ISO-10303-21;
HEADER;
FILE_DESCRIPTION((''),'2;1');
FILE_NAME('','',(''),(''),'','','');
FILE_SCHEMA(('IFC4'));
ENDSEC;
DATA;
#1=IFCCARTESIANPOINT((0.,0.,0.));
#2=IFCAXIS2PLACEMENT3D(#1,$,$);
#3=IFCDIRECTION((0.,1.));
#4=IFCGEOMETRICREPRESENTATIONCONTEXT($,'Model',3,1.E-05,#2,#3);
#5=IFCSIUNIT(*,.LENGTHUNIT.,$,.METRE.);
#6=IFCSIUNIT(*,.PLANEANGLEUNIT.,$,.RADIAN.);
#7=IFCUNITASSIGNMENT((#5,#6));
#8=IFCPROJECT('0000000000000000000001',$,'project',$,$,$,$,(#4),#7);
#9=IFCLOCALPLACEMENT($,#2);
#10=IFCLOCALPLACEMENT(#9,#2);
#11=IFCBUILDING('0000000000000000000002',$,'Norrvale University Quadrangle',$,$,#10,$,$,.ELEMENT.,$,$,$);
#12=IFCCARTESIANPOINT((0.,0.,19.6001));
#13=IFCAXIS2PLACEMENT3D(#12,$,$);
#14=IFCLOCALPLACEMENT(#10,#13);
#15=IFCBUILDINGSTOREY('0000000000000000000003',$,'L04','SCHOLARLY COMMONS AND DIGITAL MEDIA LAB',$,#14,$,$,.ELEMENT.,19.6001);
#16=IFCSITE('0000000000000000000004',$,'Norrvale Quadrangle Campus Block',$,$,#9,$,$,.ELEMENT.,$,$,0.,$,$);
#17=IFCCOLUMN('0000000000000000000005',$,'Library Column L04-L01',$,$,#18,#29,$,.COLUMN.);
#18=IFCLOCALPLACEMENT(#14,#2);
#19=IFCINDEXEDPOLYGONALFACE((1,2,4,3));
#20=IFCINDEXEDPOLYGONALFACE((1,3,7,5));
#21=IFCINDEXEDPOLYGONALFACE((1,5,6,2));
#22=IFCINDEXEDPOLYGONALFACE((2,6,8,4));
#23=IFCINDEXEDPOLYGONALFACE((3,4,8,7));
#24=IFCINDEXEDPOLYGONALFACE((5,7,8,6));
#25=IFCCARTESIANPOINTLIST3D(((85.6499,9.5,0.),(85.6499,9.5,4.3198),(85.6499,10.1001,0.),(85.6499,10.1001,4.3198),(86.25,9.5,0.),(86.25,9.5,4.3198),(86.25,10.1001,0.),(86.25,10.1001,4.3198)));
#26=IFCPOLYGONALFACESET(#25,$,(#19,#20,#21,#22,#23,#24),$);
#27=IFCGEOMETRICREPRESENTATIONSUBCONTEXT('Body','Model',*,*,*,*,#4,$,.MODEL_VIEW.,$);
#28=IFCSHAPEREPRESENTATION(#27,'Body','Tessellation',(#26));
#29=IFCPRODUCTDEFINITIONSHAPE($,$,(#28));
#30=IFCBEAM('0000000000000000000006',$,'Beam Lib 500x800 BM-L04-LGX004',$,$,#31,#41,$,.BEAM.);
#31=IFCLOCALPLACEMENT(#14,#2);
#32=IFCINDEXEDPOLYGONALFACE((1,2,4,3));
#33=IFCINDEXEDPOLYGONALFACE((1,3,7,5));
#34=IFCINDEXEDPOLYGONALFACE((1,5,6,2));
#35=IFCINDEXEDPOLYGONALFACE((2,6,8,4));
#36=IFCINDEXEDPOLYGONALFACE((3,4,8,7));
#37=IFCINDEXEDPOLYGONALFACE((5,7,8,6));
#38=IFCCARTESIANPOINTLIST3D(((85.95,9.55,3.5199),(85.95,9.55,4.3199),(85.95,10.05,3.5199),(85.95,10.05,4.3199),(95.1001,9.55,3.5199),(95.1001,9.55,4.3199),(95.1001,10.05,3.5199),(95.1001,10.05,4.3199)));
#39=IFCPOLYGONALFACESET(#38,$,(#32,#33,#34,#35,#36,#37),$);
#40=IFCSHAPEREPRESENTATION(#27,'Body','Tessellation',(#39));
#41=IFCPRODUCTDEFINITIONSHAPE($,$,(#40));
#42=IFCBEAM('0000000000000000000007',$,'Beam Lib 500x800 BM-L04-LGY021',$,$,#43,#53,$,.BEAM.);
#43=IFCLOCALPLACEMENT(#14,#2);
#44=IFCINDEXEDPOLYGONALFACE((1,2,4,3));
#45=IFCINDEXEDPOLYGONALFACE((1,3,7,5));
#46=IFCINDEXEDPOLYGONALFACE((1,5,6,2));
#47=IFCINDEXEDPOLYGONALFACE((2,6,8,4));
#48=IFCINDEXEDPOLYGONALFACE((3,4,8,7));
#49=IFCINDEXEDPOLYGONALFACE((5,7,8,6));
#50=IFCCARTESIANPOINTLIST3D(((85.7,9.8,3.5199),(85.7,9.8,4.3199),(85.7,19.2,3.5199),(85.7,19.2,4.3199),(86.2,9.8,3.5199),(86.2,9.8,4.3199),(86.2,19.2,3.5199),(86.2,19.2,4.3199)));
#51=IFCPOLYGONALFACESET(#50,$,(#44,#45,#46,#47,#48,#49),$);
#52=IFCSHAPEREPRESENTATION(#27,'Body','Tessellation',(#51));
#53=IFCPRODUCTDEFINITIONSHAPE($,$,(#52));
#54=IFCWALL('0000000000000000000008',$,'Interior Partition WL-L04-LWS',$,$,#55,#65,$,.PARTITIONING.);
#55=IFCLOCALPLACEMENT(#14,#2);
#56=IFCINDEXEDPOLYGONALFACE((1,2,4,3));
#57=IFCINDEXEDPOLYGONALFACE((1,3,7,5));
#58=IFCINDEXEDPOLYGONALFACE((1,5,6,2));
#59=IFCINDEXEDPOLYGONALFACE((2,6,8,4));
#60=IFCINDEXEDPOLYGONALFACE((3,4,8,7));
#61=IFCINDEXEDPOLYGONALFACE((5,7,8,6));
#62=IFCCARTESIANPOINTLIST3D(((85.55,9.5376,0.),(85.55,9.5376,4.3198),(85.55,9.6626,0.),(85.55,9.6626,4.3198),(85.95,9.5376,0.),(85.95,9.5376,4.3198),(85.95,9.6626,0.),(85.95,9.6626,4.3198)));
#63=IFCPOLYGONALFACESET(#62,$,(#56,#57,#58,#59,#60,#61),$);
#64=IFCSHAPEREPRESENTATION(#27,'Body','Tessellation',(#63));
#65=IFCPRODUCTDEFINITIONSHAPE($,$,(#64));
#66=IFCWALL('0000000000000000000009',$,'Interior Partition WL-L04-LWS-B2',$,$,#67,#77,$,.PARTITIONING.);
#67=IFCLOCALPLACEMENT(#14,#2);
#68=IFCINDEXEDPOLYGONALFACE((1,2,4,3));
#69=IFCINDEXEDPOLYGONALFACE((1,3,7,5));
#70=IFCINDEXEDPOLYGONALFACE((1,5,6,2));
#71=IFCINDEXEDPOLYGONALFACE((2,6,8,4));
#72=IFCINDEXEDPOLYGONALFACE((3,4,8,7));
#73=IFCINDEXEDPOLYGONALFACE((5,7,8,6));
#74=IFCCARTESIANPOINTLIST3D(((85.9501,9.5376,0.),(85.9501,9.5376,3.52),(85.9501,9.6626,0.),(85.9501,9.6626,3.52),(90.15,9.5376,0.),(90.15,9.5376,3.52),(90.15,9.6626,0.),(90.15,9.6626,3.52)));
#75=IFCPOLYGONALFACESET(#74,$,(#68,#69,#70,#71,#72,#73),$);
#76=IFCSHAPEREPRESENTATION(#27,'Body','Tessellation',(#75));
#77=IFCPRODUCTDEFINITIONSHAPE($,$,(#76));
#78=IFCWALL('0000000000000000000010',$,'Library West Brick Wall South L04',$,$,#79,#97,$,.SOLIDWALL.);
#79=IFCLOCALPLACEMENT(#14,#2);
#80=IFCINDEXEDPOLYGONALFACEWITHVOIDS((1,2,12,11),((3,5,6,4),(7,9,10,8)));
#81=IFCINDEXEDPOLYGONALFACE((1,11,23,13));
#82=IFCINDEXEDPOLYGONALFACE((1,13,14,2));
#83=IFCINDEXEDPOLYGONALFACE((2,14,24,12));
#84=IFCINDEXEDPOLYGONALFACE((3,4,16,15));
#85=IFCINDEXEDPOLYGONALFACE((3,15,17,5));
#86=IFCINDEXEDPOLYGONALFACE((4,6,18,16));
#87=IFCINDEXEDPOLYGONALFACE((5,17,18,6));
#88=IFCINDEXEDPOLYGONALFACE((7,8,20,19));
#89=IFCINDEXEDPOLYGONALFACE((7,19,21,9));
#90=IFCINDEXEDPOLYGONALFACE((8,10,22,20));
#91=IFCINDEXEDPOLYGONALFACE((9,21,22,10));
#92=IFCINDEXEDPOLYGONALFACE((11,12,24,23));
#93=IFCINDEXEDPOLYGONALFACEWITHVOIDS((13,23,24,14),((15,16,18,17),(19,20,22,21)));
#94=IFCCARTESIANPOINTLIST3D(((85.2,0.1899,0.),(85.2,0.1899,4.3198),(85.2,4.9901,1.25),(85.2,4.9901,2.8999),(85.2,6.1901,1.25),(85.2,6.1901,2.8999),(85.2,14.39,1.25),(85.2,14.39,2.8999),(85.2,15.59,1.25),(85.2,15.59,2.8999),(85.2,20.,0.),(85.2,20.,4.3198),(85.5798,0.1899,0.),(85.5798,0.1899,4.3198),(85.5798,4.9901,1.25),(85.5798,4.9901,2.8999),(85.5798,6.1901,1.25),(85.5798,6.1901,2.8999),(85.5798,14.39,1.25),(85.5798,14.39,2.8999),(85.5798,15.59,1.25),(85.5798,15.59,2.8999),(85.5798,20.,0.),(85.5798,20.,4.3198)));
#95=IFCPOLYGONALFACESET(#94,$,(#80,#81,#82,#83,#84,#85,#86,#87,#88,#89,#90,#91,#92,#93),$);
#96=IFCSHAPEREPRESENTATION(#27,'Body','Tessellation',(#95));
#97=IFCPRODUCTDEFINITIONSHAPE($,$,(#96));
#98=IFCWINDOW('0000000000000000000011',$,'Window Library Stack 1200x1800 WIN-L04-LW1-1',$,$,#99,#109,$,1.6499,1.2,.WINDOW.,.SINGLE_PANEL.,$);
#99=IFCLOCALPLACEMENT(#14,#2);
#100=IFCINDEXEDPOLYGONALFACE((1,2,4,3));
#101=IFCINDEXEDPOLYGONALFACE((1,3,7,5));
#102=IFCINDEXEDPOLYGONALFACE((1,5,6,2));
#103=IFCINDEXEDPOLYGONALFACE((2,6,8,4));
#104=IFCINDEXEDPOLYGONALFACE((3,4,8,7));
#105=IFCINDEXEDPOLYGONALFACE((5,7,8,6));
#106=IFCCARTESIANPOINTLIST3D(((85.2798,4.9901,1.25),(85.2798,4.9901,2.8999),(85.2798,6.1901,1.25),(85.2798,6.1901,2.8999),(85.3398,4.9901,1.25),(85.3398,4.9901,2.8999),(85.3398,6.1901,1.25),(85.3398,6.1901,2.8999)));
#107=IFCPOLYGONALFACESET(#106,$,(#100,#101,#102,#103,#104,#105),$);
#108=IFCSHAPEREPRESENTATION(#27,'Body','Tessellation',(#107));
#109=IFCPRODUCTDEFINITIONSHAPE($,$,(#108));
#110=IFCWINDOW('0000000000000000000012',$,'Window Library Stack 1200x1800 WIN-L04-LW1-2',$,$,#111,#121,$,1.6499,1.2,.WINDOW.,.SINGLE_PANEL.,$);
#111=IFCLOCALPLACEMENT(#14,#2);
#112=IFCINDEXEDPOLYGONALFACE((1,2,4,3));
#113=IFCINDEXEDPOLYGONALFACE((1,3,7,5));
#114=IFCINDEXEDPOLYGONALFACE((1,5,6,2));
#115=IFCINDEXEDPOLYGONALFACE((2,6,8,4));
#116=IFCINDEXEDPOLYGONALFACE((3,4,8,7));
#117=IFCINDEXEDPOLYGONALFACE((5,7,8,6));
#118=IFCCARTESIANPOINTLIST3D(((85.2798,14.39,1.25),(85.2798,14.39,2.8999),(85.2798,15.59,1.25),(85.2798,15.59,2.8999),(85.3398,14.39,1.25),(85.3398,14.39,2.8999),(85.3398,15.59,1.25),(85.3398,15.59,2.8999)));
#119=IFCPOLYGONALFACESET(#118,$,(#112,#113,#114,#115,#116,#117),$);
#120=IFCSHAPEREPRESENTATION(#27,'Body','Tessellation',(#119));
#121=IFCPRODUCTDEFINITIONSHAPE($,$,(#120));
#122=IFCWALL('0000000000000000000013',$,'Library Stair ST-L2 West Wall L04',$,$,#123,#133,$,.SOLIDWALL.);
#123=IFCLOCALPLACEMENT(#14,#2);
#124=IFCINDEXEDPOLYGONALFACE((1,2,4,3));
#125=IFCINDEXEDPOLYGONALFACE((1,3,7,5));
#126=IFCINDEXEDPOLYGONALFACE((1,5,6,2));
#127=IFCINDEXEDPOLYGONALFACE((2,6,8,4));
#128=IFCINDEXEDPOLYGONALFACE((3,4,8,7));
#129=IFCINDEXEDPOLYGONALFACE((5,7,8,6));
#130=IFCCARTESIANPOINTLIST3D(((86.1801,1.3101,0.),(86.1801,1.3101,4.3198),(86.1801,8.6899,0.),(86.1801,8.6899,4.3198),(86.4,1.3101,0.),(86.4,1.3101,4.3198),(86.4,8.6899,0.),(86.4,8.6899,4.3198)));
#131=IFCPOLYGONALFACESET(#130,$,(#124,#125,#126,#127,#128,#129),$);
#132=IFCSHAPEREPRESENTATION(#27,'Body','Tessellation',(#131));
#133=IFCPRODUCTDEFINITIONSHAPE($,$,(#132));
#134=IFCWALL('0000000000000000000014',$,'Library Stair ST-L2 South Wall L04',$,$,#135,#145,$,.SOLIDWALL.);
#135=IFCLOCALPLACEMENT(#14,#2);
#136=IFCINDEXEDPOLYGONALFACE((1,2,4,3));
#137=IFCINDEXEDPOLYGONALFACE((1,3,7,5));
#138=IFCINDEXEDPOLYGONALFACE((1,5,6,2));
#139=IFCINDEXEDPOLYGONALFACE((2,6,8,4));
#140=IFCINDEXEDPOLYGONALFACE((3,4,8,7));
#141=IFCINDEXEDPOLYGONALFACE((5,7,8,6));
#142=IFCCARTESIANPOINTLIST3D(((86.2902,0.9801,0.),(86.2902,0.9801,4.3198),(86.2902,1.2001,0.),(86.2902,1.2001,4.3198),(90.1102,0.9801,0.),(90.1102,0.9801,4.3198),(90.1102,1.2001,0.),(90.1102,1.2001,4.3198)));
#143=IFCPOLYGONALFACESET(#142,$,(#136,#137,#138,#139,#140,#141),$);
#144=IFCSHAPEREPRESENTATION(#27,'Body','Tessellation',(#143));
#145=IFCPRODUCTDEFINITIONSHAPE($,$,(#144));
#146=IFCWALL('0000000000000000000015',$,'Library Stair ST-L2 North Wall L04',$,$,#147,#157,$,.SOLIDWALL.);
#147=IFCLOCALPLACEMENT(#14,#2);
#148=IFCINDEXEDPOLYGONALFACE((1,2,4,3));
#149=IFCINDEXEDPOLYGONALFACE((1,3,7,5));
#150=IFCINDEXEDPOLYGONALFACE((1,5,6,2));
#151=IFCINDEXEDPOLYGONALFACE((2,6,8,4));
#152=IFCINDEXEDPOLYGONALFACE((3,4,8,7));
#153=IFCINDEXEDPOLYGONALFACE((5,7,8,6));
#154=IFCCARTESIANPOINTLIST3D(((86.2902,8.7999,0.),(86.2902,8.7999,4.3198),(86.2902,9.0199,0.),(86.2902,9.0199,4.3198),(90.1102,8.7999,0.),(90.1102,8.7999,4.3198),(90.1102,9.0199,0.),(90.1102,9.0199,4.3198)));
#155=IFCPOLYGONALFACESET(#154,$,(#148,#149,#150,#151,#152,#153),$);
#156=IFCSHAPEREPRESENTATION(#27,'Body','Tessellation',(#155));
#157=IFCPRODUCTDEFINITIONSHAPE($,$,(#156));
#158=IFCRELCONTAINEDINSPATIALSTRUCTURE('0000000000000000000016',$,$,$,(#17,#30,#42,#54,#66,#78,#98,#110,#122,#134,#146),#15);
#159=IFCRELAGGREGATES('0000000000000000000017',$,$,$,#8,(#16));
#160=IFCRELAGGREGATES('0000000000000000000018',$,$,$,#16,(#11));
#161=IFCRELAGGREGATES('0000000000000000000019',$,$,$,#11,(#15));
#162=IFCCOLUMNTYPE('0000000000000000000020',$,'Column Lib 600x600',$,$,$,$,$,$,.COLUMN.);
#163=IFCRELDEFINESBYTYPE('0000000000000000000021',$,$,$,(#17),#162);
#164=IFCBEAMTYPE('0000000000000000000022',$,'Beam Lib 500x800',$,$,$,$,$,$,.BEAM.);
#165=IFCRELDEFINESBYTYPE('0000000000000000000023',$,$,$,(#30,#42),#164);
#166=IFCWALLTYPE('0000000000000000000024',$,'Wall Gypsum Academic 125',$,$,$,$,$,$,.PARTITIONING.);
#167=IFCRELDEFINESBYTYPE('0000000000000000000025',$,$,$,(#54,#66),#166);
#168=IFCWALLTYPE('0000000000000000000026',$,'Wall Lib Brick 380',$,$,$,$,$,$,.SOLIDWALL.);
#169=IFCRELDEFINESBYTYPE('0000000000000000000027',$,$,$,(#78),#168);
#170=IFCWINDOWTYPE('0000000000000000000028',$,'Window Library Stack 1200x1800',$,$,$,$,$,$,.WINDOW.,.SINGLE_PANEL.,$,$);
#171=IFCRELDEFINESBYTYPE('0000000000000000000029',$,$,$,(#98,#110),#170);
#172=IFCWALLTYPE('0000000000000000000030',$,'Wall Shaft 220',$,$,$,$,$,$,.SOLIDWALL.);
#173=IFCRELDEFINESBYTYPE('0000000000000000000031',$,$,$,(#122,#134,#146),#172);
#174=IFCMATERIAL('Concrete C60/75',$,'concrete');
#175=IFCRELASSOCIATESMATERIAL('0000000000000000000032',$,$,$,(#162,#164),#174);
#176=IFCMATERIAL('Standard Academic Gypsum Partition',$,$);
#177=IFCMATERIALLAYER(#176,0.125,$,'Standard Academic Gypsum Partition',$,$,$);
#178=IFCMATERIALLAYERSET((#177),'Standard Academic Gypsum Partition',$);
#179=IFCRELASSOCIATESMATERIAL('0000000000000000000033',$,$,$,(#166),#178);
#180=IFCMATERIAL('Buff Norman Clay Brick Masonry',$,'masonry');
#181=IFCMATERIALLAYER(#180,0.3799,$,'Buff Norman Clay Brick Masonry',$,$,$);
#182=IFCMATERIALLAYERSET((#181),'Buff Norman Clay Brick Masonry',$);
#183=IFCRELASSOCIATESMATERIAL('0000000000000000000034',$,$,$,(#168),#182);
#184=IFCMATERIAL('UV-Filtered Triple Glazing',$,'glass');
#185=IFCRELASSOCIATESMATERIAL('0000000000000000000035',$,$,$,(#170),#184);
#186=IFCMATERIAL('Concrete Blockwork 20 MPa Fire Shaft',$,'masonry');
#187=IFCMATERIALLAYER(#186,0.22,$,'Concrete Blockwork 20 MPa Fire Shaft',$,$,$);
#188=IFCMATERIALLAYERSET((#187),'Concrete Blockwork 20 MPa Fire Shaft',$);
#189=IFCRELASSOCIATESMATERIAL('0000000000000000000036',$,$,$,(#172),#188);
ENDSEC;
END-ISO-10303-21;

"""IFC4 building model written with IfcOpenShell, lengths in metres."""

from ifc_helpers import new_model, si_unit, direction, frame, frame_2d, origin, origin_2d, place, context, subcontext, project, spatial, rectangle, extrude, material, layer, layer_set, material_profile, profile_set, type_object, element, fill, save


model = new_model("IFC4")

# Units and contexts
model_context = context("Model", 3, precision=1e-05, world=origin(), true_north=direction((0.0, 1.0)))
body_context = subcontext(model_context, "Body", "Model", "MODEL_VIEW")
ifc_project = project(units=[si_unit("LENGTHUNIT", "METRE"), si_unit("PLANEANGLEUNIT", "RADIAN")], contexts=[model_context])

# Site, building, storey
site_placement = place(None, origin())
site = spatial("IfcSite", under=ifc_project, at=site_placement, Name="Norrvale Quadrangle Campus Block", CompositionType="ELEMENT", RefElevation=0.0)
building_placement = place(site_placement, origin())
building = spatial("IfcBuilding", under=site, at=building_placement, Name="Norrvale University Quadrangle", CompositionType="ELEMENT")
storey_placement = place(building_placement, frame((0.0, 0.0, 19.6001)))
storey = spatial("IfcBuildingStorey", under=building, at=storey_placement, Name="L04", Description="SCHOLARLY COMMONS AND DIGITAL MEDIA LAB", CompositionType="ELEMENT", Elevation=19.6001)

# Column
ifc_material_1 = material(Name="Concrete C60/75", Category="concrete")
ifc_material_profile_1 = material_profile(ifc_material_1, rectangle(XDim=0.6001, YDim=0.6001, at=origin_2d()), Name="Concrete C60/75")
ifc_profile_set_1 = profile_set([ifc_material_profile_1], Name="Concrete C60/75")
column_type = type_object("IfcColumnType", Name="Column Lib 600x600", PredefinedType="COLUMN", material=ifc_profile_set_1)
column_placement = place(storey_placement, frame((85.95, 9.8, 0.0), z_axis=(0.0, 0.0, 1.0), x_axis=(1.0, 0.0, 0.0)))
element("IfcColumn", 1, at=column_placement, inside=storey, type_object=column_type, Name="Library Column L04-L01", PredefinedType="COLUMN", context=body_context, shape_type="SweptSolid", body=[
    extrude(rectangle(XDim=0.6001, YDim=0.6001, at=origin_2d()), origin(), (0.0, 0.0, 1.0), 4.3198),
])

# Beams
ifc_material_profile_2 = material_profile(ifc_material_1, rectangle(XDim=0.5, YDim=0.8, at=origin_2d()), Name="Concrete C60/75")
ifc_profile_set_2 = profile_set([ifc_material_profile_2], Name="Concrete C60/75")
beam_type = type_object("IfcBeamType", Name="Beam Lib 500x800", PredefinedType="BEAM", material=ifc_profile_set_2)
beam_1_placement = place(storey_placement, frame((85.95, 9.8, 3.9199), z_axis=(1.0, 0.0, 0.0), x_axis=(0.0, 1.0, 0.0)))
element("IfcBeam", 2, at=beam_1_placement, inside=storey, type_object=beam_type, Name="Beam Lib 500x800 BM-L04-LGX004", PredefinedType="BEAM", context=body_context, shape_type="SweptSolid", body=[
    extrude(rectangle(XDim=0.5, YDim=0.8, at=origin_2d()), origin(), (0.0, 0.0, 1.0), 9.1501),
])
beam_2_placement = place(storey_placement, frame((85.95, 9.8, 3.9199), z_axis=(0.0, 1.0, 0.0), x_axis=(-1.0, 0.0, 0.0)))
element("IfcBeam", 3, at=beam_2_placement, inside=storey, type_object=beam_type, Name="Beam Lib 500x800 BM-L04-LGY021", PredefinedType="BEAM", context=body_context, shape_type="SweptSolid", body=[
    extrude(rectangle(XDim=0.5, YDim=0.8, at=origin_2d()), origin(), (0.0, 0.0, 1.0), 9.3999),
])

# Walls
ifc_material_2 = material(Name="Standard Academic Gypsum Partition")
ifc_layer_1 = layer(ifc_material_2, 0.125, Name="Standard Academic Gypsum Partition")
ifc_layer_set_1 = layer_set([ifc_layer_1], Name="Standard Academic Gypsum Partition")
wall_type_1 = type_object("IfcWallType", Name="Wall Gypsum Academic 125", PredefinedType="PARTITIONING", material=ifc_layer_set_1)
wall_1_placement = place(storey_placement, frame((85.55, 9.6001, 0.0), z_axis=(0.0, 0.0, 1.0), x_axis=(1.0, 0.0, 0.0)))
element("IfcWall", 4, at=wall_1_placement, inside=storey, type_object=wall_type_1, Name="Interior Partition WL-L04-LWS", PredefinedType="PARTITIONING", context=body_context, shape_type="SweptSolid", body=[
    extrude(rectangle(XDim=0.3999, YDim=0.125, at=frame_2d((0.2, 0.0))), origin(), (0.0, 0.0, 1.0), 4.3198),
])
wall_2_placement = place(storey_placement, frame((85.95, 9.6001, 0.0), z_axis=(0.0, 0.0, 1.0), x_axis=(1.0, 0.0, 0.0)))
element("IfcWall", 5, at=wall_2_placement, inside=storey, type_object=wall_type_1, Name="Interior Partition WL-L04-LWS-B2", PredefinedType="PARTITIONING", context=body_context, shape_type="SweptSolid", body=[
    extrude(rectangle(XDim=4.2, YDim=0.125, at=frame_2d((2.1001, 0.0))), origin(), (0.0, 0.0, 1.0), 3.52),
])

# Wall, openings, windows
ifc_material_3 = material(Name="Buff Norman Clay Brick Masonry", Category="masonry")
ifc_layer_2 = layer(ifc_material_3, 0.3799, Name="Buff Norman Clay Brick Masonry")
ifc_layer_set_2 = layer_set([ifc_layer_2], Name="Buff Norman Clay Brick Masonry")
wall_type_2 = type_object("IfcWallType", Name="Wall Lib Brick 380", PredefinedType="SOLIDWALL", material=ifc_layer_set_2)
wall_3_placement = place(storey_placement, frame((85.3899, 0.1899, 0.0), z_axis=(0.0, 0.0, 1.0), x_axis=(0.0, 1.0, 0.0)))
wall_3 = element("IfcWall", 6, at=wall_3_placement, inside=storey, type_object=wall_type_2, Name="Library West Brick Wall South L04", PredefinedType="SOLIDWALL", context=body_context, shape_type="SweptSolid", body=[
    extrude(rectangle(XDim=19.8101, YDim=0.3799, at=frame_2d((9.905, 0.0))), origin(), (0.0, 0.0, 1.0), 4.3198),
])
opening_1_placement = place(wall_3_placement, frame((4.8, 0.0, 1.25)))
opening_1 = element("IfcOpeningElement", 7, at=opening_1_placement, cuts=wall_3, PredefinedType="OPENING", context=body_context, shape_type="SweptSolid", body=[
    extrude(rectangle(XDim=1.2, YDim=1.6499, at=frame_2d((0.6001, 0.825))), frame((0.0, 0.2019, 0.0), z_axis=(0.0, -1.0, 0.0), x_axis=(1.0, 0.0, 0.0)), (0.0, 0.0, 1.0), 0.4038),
])
opening_2_placement = place(wall_3_placement, frame((14.2, 0.0, 1.25)))
opening_2 = element("IfcOpeningElement", 8, at=opening_2_placement, cuts=wall_3, PredefinedType="OPENING", context=body_context, shape_type="SweptSolid", body=[
    extrude(rectangle(XDim=1.2, YDim=1.6499, at=frame_2d((0.6001, 0.825))), frame((0.0, 0.2019, 0.0), z_axis=(0.0, -1.0, 0.0), x_axis=(1.0, 0.0, 0.0)), (0.0, 0.0, 1.0), 0.4038),
])
ifc_material_4 = material(Name="UV-Filtered Triple Glazing", Category="glass")
window_type = type_object("IfcWindowType", Name="Window Library Stack 1200x1800", PartitioningType="SINGLE_PANEL", PredefinedType="WINDOW", material=ifc_material_4)
window_1_placement = place(opening_1_placement, origin())
window_1 = element("IfcWindow", 9, at=window_1_placement, inside=storey, type_object=window_type, Name="Window Library Stack 1200x1800 WIN-L04-LW1-1", OverallHeight=1.6499, OverallWidth=1.2, PartitioningType="SINGLE_PANEL", PredefinedType="WINDOW", context=body_context, shape_type="SweptSolid", body=[
    extrude(rectangle(XDim=1.2, YDim=1.6499, at=frame_2d((0.6001, 0.825))), frame((0.0, 0.1101, 0.0), z_axis=(0.0, -1.0, 0.0), x_axis=(1.0, 0.0, 0.0)), (0.0, 0.0, 1.0), 0.0601),
])
fill(opening_1, window_1)
window_2_placement = place(opening_2_placement, origin())
window_2 = element("IfcWindow", 10, at=window_2_placement, inside=storey, type_object=window_type, Name="Window Library Stack 1200x1800 WIN-L04-LW1-2", OverallHeight=1.6499, OverallWidth=1.2, PartitioningType="SINGLE_PANEL", PredefinedType="WINDOW", context=body_context, shape_type="SweptSolid", body=[
    extrude(rectangle(XDim=1.2, YDim=1.6499, at=frame_2d((0.6001, 0.825))), frame((0.0, 0.1101, 0.0), z_axis=(0.0, -1.0, 0.0), x_axis=(1.0, 0.0, 0.0)), (0.0, 0.0, 1.0), 0.0601),
])
fill(opening_2, window_2)

# Walls
ifc_material_5 = material(Name="Concrete Blockwork 20 MPa Fire Shaft", Category="masonry")
ifc_layer_3 = layer(ifc_material_5, 0.22, Name="Concrete Blockwork 20 MPa Fire Shaft")
ifc_layer_set_3 = layer_set([ifc_layer_3], Name="Concrete Blockwork 20 MPa Fire Shaft")
wall_type_3 = type_object("IfcWallType", Name="Wall Shaft 220", PredefinedType="SOLIDWALL", material=ifc_layer_set_3)
wall_4_placement = place(storey_placement, frame((86.29, 1.3101, 0.0), z_axis=(0.0, 0.0, 1.0), x_axis=(0.0, 1.0, 0.0)))
element("IfcWall", 11, at=wall_4_placement, inside=storey, type_object=wall_type_3, Name="Library Stair ST-L2 West Wall L04", PredefinedType="SOLIDWALL", context=body_context, shape_type="SweptSolid", body=[
    extrude(rectangle(XDim=7.3799, YDim=0.22, at=frame_2d((3.6899, 0.0))), origin(), (0.0, 0.0, 1.0), 4.3198),
])
for number, where, z_axis, x_axis, name in (
    (12, (86.29, 1.0901, 0.0), (0.0, 0.0, 1.0), (1.0, 0.0, 0.0), "Library Stair ST-L2 South Wall L04"),
    (13, (86.29, 8.9099, 0.0), (0.0, 0.0, 1.0), (1.0, 0.0, 0.0), "Library Stair ST-L2 North Wall L04"),
):
    element("IfcWall", number, at=place(storey_placement, frame(where, z_axis=z_axis, x_axis=x_axis)), inside=storey, type_object=wall_type_3, Name=name, PredefinedType="SOLIDWALL", context=body_context, shape_type="SweptSolid", body=[
        extrude(rectangle(XDim=3.8201, YDim=0.22, at=frame_2d((1.9102, 0.0))), origin(), (0.0, 0.0, 1.0), 4.3198),
    ])

save(model, "model.ifc")
